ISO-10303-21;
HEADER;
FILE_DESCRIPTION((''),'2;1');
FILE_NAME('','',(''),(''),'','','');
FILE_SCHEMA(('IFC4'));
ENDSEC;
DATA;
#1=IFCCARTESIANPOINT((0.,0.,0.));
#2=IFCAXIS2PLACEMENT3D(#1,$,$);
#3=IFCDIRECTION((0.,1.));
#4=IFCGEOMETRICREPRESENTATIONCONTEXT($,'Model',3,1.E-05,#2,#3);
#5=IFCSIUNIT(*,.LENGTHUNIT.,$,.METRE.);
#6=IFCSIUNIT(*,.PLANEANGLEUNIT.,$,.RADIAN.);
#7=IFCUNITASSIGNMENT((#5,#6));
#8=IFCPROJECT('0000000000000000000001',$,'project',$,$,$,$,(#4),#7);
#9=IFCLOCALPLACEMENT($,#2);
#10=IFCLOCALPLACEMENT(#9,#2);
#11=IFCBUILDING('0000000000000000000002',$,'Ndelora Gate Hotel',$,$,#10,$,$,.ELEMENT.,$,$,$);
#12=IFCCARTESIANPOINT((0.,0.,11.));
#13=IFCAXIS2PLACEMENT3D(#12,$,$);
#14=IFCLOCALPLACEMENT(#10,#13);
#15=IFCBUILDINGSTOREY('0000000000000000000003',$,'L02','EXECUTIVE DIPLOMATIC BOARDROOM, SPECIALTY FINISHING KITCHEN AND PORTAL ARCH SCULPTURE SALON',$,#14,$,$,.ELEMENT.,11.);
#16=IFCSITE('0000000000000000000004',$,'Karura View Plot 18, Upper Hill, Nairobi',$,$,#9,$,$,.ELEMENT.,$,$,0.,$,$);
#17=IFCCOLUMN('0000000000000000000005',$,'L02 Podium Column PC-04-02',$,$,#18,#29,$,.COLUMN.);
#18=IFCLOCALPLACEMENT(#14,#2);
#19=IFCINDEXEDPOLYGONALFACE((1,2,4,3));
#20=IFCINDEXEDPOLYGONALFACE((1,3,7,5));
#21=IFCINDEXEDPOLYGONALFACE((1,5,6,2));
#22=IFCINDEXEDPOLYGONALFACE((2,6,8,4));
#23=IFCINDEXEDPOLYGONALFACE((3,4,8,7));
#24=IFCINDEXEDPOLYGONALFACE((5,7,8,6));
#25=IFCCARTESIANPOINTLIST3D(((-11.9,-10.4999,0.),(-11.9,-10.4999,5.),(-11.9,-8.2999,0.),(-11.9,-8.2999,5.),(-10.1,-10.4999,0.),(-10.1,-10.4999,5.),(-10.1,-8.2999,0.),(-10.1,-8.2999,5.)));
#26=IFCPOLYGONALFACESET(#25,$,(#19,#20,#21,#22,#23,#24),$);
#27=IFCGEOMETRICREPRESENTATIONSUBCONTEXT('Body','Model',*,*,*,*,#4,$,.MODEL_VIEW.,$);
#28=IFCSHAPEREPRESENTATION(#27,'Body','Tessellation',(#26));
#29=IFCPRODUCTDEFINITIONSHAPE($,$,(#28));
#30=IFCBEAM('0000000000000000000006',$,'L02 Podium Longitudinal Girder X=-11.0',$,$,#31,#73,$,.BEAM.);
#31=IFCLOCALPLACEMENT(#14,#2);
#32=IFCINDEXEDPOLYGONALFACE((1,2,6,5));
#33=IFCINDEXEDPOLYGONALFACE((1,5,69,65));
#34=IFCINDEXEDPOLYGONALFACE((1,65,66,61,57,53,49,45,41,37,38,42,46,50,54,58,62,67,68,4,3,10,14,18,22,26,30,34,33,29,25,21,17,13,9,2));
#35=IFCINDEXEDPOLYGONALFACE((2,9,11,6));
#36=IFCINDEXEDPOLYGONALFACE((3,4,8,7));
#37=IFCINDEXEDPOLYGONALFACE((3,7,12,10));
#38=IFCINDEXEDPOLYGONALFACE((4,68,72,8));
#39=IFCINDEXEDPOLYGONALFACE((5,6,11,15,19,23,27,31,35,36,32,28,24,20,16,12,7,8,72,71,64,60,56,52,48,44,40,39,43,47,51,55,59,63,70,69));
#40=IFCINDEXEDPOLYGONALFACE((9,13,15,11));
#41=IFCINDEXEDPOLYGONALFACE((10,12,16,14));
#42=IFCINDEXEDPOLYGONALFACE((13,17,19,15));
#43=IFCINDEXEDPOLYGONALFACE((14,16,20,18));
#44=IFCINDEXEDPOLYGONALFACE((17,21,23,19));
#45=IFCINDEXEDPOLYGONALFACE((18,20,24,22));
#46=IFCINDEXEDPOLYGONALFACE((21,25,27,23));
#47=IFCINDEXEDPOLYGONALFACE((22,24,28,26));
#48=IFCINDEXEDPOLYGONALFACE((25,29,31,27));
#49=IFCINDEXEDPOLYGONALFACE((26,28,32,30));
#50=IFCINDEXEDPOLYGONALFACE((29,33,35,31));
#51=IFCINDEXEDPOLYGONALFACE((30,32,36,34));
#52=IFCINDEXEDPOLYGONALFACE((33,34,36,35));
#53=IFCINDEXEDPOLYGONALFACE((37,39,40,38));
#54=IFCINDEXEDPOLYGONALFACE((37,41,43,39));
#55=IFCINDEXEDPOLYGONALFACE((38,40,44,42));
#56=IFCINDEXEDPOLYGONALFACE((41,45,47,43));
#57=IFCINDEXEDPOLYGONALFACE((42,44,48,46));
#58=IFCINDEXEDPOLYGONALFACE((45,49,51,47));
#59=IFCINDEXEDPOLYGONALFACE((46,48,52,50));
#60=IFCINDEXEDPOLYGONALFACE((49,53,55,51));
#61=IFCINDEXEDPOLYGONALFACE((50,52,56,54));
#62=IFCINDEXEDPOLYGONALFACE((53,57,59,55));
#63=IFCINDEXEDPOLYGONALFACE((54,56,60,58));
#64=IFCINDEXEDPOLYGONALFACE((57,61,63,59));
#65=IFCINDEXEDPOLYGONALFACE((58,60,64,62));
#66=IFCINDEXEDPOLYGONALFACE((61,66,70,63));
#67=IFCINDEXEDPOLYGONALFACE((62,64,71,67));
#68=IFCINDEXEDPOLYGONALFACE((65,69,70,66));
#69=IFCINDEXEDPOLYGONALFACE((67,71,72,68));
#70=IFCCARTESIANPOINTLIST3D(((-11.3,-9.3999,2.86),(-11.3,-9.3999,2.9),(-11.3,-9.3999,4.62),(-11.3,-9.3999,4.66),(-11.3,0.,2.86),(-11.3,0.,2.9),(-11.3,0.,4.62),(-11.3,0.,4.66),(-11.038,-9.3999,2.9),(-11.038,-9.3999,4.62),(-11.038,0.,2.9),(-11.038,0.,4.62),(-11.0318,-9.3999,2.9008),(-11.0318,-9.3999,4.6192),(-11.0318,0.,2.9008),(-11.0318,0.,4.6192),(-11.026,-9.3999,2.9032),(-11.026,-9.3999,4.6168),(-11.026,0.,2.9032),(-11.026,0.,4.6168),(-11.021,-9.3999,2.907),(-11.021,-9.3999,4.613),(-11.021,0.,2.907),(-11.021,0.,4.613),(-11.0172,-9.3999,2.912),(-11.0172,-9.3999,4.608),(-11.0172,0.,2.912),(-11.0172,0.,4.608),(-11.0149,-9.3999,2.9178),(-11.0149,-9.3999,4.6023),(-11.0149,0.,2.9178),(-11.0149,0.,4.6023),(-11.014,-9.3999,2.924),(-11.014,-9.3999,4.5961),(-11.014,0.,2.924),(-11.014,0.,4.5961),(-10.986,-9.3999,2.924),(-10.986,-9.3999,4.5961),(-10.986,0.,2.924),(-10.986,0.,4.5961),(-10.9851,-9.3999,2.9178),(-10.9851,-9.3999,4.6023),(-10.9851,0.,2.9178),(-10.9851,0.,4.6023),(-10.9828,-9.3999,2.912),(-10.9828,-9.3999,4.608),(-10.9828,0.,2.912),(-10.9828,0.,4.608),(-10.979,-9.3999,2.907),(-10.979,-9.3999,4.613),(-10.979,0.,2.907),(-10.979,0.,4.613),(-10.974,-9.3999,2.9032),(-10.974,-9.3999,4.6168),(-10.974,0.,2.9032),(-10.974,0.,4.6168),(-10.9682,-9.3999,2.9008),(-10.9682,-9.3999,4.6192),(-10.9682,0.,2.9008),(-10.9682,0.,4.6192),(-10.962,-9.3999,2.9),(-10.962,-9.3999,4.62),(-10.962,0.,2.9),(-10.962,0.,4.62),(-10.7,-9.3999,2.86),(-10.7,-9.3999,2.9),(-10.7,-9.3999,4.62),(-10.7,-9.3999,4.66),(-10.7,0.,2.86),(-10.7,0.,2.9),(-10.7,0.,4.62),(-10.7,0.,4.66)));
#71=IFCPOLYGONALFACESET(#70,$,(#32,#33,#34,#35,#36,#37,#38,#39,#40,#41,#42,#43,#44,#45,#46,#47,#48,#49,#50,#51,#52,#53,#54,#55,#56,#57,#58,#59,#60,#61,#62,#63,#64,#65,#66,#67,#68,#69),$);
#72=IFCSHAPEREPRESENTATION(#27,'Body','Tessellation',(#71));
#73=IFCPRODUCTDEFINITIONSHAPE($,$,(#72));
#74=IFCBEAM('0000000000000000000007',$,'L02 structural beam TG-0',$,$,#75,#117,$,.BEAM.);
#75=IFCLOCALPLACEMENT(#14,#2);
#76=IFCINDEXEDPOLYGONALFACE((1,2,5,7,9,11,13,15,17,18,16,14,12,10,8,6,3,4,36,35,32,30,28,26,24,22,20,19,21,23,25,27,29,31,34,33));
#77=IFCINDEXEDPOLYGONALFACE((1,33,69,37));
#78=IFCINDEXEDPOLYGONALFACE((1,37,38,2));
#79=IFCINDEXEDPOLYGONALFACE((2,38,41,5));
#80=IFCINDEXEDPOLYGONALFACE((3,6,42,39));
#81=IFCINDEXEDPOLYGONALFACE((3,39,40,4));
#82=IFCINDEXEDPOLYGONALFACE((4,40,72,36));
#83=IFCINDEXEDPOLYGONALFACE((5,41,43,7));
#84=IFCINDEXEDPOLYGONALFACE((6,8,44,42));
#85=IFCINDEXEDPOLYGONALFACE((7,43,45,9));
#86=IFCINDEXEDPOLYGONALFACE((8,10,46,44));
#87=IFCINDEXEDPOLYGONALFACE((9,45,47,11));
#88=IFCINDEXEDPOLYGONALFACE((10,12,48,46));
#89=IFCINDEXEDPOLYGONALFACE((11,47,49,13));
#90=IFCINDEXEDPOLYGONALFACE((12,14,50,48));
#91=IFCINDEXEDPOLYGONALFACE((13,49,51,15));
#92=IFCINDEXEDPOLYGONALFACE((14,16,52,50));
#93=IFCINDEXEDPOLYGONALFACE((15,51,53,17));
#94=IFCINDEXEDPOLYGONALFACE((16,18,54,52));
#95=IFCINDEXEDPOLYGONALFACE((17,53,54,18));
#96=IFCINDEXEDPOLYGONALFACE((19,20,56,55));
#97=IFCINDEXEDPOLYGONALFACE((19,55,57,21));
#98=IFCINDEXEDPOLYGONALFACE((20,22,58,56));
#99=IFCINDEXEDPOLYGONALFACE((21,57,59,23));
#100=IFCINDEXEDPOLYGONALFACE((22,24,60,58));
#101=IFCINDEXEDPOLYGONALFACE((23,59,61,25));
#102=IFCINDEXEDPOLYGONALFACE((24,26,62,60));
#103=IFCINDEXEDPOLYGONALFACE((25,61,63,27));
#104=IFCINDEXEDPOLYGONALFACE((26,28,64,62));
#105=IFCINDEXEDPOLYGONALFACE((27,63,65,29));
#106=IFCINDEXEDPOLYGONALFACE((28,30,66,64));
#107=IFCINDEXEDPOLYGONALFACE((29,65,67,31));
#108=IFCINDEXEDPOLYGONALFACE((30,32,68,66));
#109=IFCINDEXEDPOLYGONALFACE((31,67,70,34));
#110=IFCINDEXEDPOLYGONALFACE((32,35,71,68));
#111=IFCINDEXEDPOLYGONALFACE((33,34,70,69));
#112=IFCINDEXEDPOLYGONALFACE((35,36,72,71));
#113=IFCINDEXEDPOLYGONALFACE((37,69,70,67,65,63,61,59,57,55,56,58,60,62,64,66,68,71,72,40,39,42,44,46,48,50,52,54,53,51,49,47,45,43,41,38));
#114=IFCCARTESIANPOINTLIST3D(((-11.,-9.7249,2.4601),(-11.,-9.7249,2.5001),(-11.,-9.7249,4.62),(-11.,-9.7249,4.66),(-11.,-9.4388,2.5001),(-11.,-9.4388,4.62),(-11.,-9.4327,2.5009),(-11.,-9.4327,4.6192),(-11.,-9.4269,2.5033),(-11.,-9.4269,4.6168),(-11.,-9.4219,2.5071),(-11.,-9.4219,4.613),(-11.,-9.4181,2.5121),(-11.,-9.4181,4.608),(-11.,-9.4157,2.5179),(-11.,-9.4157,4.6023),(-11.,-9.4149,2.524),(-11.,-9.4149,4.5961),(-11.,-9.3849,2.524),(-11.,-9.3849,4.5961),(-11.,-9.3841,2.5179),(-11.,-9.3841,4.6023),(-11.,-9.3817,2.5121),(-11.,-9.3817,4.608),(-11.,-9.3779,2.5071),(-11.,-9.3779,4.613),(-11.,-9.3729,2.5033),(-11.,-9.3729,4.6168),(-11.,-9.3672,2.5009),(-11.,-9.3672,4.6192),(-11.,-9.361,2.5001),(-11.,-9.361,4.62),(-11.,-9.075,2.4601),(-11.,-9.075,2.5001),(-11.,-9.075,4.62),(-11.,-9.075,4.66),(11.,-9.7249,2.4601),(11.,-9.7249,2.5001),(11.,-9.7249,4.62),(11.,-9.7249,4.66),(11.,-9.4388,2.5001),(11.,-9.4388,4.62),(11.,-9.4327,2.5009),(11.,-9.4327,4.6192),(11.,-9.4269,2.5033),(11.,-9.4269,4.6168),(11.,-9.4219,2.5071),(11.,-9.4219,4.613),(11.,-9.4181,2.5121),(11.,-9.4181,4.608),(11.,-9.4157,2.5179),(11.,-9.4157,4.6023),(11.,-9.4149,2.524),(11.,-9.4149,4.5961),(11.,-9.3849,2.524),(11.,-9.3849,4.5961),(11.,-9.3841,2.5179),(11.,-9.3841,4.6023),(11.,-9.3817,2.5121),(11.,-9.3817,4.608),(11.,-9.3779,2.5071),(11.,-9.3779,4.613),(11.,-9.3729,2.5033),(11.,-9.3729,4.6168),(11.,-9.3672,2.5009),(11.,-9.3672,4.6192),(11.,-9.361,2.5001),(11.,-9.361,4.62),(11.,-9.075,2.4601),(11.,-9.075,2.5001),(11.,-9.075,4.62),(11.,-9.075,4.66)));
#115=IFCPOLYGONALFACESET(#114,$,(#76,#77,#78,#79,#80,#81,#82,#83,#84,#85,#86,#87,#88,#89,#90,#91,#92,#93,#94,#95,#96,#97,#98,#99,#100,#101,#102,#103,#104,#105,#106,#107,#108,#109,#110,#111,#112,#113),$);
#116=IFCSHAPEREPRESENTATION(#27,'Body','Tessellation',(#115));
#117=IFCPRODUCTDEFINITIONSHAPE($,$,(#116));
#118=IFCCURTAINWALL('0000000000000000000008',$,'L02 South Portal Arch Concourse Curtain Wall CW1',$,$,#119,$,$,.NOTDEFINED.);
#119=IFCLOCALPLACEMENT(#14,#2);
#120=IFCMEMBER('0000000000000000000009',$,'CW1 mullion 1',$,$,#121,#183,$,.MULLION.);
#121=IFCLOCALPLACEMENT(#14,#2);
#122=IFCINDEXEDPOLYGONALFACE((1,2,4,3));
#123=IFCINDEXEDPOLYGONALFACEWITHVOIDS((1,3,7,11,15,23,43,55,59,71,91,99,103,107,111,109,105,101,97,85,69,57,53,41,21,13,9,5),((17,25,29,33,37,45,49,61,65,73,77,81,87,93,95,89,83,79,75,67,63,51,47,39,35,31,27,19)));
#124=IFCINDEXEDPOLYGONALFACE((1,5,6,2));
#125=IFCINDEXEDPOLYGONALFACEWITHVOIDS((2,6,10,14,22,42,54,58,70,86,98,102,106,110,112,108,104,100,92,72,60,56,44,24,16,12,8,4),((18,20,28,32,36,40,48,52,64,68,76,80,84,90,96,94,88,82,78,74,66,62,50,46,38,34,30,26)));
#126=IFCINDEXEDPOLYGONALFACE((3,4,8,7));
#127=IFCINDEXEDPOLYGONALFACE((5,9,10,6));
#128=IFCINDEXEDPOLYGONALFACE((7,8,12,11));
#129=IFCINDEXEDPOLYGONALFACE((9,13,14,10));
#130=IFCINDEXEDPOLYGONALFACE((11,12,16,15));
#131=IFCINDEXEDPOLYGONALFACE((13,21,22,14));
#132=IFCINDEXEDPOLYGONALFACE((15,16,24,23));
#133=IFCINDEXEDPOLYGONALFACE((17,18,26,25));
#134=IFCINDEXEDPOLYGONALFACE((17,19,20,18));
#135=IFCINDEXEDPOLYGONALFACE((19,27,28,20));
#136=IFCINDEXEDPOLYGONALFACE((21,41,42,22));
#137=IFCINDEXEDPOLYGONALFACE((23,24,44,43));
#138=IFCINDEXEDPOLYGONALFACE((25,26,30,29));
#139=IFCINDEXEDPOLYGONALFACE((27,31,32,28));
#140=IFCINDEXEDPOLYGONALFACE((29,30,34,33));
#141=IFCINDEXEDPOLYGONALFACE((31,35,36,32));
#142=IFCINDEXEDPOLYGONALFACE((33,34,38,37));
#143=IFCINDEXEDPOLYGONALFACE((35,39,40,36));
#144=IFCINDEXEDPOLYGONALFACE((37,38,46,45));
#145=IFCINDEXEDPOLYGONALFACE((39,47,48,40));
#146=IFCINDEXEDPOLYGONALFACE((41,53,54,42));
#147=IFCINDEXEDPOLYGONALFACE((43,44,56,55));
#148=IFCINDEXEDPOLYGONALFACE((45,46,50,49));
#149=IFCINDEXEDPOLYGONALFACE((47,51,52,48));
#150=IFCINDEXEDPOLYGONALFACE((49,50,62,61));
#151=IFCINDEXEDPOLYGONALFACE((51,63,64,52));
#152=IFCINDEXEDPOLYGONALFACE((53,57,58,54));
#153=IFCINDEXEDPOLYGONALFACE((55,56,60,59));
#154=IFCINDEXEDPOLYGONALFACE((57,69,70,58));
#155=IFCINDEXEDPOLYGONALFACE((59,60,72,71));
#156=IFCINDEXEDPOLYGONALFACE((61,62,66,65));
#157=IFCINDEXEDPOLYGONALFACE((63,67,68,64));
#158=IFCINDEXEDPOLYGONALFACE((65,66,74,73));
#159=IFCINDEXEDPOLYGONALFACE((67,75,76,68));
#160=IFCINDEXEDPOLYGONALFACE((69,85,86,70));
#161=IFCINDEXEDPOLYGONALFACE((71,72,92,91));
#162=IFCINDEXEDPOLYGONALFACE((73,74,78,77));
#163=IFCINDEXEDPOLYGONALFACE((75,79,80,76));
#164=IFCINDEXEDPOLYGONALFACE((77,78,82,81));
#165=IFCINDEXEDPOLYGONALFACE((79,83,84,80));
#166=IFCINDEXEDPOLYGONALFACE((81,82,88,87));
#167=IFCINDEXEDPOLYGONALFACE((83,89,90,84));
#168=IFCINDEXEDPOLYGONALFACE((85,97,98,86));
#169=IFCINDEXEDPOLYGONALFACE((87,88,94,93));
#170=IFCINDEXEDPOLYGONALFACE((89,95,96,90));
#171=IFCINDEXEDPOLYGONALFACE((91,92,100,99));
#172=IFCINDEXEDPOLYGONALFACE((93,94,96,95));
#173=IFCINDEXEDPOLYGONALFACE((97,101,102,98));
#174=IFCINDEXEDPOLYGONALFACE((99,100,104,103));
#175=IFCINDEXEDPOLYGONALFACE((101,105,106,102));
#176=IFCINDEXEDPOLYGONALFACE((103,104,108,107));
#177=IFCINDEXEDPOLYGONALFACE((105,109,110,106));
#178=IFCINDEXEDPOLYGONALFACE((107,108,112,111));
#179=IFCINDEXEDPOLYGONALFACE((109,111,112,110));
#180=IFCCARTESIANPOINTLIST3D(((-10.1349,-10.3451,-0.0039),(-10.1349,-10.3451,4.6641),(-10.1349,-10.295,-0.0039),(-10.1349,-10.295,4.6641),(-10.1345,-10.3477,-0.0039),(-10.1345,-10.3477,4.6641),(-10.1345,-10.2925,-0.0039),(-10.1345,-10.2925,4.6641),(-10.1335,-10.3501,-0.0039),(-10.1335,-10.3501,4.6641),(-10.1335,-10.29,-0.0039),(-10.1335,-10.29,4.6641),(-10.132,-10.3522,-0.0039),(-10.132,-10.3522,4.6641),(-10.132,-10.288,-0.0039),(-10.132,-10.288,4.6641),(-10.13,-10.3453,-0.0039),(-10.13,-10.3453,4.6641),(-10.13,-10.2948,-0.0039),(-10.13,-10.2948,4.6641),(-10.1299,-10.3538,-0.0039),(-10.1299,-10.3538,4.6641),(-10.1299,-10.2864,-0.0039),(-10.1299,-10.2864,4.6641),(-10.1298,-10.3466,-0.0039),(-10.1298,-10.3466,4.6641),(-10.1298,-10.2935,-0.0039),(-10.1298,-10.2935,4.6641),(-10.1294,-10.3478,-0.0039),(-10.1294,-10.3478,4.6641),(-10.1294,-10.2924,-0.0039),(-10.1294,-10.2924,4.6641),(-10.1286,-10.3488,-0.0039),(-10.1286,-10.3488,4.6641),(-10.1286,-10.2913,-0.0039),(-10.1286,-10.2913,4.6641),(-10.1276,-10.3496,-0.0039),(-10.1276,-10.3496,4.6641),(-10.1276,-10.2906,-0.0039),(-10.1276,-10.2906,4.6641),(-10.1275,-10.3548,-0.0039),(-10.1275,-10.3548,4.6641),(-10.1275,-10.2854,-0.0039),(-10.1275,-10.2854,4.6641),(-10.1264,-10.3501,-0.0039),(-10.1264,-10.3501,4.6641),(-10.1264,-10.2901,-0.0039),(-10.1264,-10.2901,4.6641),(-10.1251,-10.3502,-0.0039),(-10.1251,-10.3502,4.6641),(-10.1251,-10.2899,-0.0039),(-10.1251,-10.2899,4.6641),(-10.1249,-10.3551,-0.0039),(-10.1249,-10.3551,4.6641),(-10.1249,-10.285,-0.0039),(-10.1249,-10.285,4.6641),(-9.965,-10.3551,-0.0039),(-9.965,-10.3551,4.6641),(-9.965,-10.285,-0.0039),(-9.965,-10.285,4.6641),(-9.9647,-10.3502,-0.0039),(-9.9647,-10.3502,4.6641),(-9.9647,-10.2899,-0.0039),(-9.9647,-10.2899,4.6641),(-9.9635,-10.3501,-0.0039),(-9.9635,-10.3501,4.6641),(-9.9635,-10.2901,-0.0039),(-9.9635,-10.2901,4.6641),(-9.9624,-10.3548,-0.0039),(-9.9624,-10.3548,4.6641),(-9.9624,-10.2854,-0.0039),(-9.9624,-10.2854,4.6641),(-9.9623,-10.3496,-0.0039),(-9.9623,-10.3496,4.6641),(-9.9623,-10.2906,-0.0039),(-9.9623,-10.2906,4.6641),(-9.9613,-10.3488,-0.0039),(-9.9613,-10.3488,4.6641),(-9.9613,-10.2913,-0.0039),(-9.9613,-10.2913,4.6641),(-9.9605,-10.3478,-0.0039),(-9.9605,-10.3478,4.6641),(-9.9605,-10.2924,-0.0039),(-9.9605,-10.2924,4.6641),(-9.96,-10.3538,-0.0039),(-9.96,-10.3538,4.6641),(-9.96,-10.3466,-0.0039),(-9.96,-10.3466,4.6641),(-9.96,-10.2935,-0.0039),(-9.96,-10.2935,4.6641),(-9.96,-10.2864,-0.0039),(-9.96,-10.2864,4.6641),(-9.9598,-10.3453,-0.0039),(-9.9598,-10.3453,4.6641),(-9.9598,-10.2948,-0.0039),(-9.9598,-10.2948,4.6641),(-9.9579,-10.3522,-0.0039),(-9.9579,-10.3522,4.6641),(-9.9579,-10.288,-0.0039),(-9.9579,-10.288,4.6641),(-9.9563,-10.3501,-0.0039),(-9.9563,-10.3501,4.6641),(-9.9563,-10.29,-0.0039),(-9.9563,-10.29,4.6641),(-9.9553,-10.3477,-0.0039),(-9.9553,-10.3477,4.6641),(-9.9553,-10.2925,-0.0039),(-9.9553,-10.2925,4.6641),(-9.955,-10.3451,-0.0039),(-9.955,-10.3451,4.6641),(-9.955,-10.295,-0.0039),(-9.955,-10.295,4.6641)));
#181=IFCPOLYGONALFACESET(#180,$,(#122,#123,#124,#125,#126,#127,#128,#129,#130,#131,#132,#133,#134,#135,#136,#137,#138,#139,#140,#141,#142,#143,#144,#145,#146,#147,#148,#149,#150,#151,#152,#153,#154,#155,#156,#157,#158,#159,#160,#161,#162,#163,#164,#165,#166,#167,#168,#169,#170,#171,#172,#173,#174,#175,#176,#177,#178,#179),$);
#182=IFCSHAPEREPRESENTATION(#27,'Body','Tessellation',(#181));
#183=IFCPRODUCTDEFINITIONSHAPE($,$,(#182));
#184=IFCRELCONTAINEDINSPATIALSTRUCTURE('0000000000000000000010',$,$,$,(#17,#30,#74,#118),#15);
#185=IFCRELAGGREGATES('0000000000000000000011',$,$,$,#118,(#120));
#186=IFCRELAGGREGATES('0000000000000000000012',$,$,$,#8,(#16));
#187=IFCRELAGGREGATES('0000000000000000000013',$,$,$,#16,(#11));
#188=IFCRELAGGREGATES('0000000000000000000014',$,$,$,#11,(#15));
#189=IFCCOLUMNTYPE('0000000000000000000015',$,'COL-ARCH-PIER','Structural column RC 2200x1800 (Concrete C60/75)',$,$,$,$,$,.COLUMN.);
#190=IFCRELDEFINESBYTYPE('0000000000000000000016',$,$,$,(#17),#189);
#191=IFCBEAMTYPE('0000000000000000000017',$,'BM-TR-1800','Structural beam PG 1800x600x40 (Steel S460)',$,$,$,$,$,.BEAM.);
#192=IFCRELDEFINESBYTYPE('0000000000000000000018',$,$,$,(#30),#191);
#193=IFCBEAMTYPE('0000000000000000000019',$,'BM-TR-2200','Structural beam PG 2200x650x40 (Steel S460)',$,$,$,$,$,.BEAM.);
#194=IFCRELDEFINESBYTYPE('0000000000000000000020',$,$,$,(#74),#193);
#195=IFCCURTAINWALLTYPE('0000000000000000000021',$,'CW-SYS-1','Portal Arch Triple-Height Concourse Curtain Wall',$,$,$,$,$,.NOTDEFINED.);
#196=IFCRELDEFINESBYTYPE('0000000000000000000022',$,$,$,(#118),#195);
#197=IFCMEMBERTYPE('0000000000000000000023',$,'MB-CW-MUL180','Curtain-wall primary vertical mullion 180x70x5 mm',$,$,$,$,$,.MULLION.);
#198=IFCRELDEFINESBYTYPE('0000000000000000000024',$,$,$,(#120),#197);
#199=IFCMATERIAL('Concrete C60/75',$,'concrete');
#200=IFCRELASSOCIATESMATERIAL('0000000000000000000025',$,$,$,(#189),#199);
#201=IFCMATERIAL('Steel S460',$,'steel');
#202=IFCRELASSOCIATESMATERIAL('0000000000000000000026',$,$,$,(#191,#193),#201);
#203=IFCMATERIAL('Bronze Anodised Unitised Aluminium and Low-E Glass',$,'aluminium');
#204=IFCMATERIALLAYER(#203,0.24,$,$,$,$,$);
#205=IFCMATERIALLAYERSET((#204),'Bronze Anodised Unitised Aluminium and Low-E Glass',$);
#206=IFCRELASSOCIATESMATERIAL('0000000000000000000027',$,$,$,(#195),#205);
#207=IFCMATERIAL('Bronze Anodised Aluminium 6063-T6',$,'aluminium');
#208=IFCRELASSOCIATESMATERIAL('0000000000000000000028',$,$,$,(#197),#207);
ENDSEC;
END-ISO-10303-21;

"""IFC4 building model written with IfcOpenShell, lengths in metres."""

from ifc_helpers import new_model, si_unit, direction, frame, origin, origin_2d, place, context, subcontext, project, spatial, rectangle, hollow_rectangle, i_section, extrude, material, layer, layer_set, material_profile, profile_set, type_object, element, aggregate, save


model = new_model("IFC4")

# Units and contexts
model_context = context("Model", 3, precision=1e-05, world=origin(), true_north=direction((0.0, 1.0)))
body_context = subcontext(model_context, "Body", "Model", "MODEL_VIEW")
ifc_project = project(units=[si_unit("LENGTHUNIT", "METRE"), si_unit("PLANEANGLEUNIT", "RADIAN")], contexts=[model_context])

# Site, building, storey
site_placement = place(None, origin())
site = spatial("IfcSite", under=ifc_project, at=site_placement, Name="Karura View Plot 18, Upper Hill, Nairobi", CompositionType="ELEMENT", RefElevation=0.0)
building_placement = place(site_placement, origin())
building = spatial("IfcBuilding", under=site, at=building_placement, Name="Ndelora Gate Hotel", CompositionType="ELEMENT")
storey_placement = place(building_placement, frame((0.0, 0.0, 11.0)))
storey = spatial("IfcBuildingStorey", under=building, at=storey_placement, Name="L02", Description="EXECUTIVE DIPLOMATIC BOARDROOM, SPECIALTY FINISHING KITCHEN AND PORTAL ARCH SCULPTURE SALON", CompositionType="ELEMENT", Elevation=11.0)

# Column
ifc_material_1 = material(Name="Concrete C60/75", Category="concrete")
ifc_material_profile_1 = material_profile(ifc_material_1, rectangle(XDim=1.8, YDim=2.2, at=origin_2d()), Name="RC 2200x1800")
ifc_profile_set_1 = profile_set([ifc_material_profile_1], Name="Concrete C60/75")
column_type = type_object("IfcColumnType", Name="COL-ARCH-PIER", Description="Structural column RC 2200x1800 (Concrete C60/75)", PredefinedType="COLUMN", material=ifc_profile_set_1)
column_placement = place(storey_placement, frame((-11.0, -9.3999, 0.0), z_axis=(0.0, 0.0, 1.0), x_axis=(1.0, 0.0, 0.0)))
element("IfcColumn", 1, at=column_placement, inside=storey, type_object=column_type, Name="L02 Podium Column PC-04-02", PredefinedType="COLUMN", context=body_context, shape_type="SweptSolid", body=[
    extrude(rectangle(XDim=1.8, YDim=2.2, at=origin_2d()), origin(), (0.0, 0.0, 1.0), 5.0),
])

# Beams
ifc_material_2 = material(Name="Steel S460", Category="steel")
ifc_material_profile_2 = material_profile(ifc_material_2, i_section(OverallWidth=0.6001, OverallDepth=1.8, WebThickness=0.0281, FlangeThickness=0.04, FilletRadius=0.0239, at=origin_2d()), Name="PG 1800x600x40")
ifc_profile_set_2 = profile_set([ifc_material_profile_2], Name="Steel S460")
beam_type_1 = type_object("IfcBeamType", Name="BM-TR-1800", Description="Structural beam PG 1800x600x40 (Steel S460)", PredefinedType="BEAM", material=ifc_profile_set_2)
beam_1_placement = place(storey_placement, frame((-11.0, -9.3999, 3.76), z_axis=(0.0, 1.0, 0.0), x_axis=(-1.0, 0.0, 0.0)))
element("IfcBeam", 2, at=beam_1_placement, inside=storey, type_object=beam_type_1, Name="L02 Podium Longitudinal Girder X=-11.0", PredefinedType="BEAM", context=body_context, shape_type="SweptSolid", body=[
    extrude(i_section(OverallWidth=0.6001, OverallDepth=1.8, WebThickness=0.0281, FlangeThickness=0.04, FilletRadius=0.0239, at=origin_2d()), origin(), (0.0, 0.0, 1.0), 9.3999),
])
ifc_material_profile_3 = material_profile(ifc_material_2, i_section(OverallWidth=0.6499, OverallDepth=2.2, WebThickness=0.03, FlangeThickness=0.04, FilletRadius=0.0239, at=origin_2d()), Name="PG 2200x650x40")
ifc_profile_set_3 = profile_set([ifc_material_profile_3], Name="Steel S460")
beam_type_2 = type_object("IfcBeamType", Name="BM-TR-2200", Description="Structural beam PG 2200x650x40 (Steel S460)", PredefinedType="BEAM", material=ifc_profile_set_3)
beam_2_placement = place(storey_placement, frame((-11.0, -9.3999, 3.5601), z_axis=(1.0, 0.0, 0.0), x_axis=(0.0, 1.0, 0.0)))
element("IfcBeam", 3, at=beam_2_placement, inside=storey, type_object=beam_type_2, Name="L02 structural beam TG-0", PredefinedType="BEAM", context=body_context, shape_type="SweptSolid", body=[
    extrude(i_section(OverallWidth=0.6499, OverallDepth=2.2, WebThickness=0.03, FlangeThickness=0.04, FilletRadius=0.0239, at=origin_2d()), origin(), (0.0, 0.0, 1.0), 22.0),
])

# Curtain wall, member
ifc_material_3 = material(Name="Bronze Anodised Unitised Aluminium and Low-E Glass", Category="aluminium")
ifc_layer_1 = layer(ifc_material_3, 0.24)
ifc_layer_set_1 = layer_set([ifc_layer_1], Name="Bronze Anodised Unitised Aluminium and Low-E Glass")
curtain_wall_type = type_object("IfcCurtainWallType", Name="CW-SYS-1", Description="Portal Arch Triple-Height Concourse Curtain Wall", PredefinedType="NOTDEFINED", material=ifc_layer_set_1)
curtain_wall_placement = place(storey_placement, origin())
curtain_wall = element("IfcCurtainWall", 4, at=curtain_wall_placement, inside=storey, type_object=curtain_wall_type, Name="L02 South Portal Arch Concourse Curtain Wall CW1", PredefinedType="NOTDEFINED")
ifc_material_4 = material(Name="Bronze Anodised Aluminium 6063-T6", Category="aluminium")
ifc_material_profile_4 = material_profile(ifc_material_4, hollow_rectangle(XDim=0.0701, YDim=0.1799, WallThickness=0.0049, InnerFilletRadius=0.0049, OuterFilletRadius=0.01, at=origin_2d()), Name="ALU 180x70x5")
ifc_profile_set_4 = profile_set([ifc_material_profile_4], Name="Bronze Anodised Aluminium 6063-T6")
member_type_1 = type_object("IfcMemberType", Name="MB-CW-MUL180", Description="Curtain-wall primary vertical mullion 180x70x5 mm", PredefinedType="MULLION", material=ifc_profile_set_4)
member_1_placement = place(storey_placement, frame((-10.0449, -10.3201, -0.0039), z_axis=(0.0, 0.0, 1.0), x_axis=(0.0, 1.0, 0.0)))
member_1 = element("IfcMember", 5, at=member_1_placement, type_object=member_type_1, Name="CW1 mullion 1", PredefinedType="MULLION", context=body_context, shape_type="SweptSolid", body=[
    extrude(hollow_rectangle(XDim=0.0701, YDim=0.1799, WallThickness=0.0049, InnerFilletRadius=0.0049, OuterFilletRadius=0.01, at=origin_2d()), origin(), (0.0, 0.0, 1.0), 4.668),
])
aggregate(curtain_wall, [member_1])

save(model, "model.ifc")
